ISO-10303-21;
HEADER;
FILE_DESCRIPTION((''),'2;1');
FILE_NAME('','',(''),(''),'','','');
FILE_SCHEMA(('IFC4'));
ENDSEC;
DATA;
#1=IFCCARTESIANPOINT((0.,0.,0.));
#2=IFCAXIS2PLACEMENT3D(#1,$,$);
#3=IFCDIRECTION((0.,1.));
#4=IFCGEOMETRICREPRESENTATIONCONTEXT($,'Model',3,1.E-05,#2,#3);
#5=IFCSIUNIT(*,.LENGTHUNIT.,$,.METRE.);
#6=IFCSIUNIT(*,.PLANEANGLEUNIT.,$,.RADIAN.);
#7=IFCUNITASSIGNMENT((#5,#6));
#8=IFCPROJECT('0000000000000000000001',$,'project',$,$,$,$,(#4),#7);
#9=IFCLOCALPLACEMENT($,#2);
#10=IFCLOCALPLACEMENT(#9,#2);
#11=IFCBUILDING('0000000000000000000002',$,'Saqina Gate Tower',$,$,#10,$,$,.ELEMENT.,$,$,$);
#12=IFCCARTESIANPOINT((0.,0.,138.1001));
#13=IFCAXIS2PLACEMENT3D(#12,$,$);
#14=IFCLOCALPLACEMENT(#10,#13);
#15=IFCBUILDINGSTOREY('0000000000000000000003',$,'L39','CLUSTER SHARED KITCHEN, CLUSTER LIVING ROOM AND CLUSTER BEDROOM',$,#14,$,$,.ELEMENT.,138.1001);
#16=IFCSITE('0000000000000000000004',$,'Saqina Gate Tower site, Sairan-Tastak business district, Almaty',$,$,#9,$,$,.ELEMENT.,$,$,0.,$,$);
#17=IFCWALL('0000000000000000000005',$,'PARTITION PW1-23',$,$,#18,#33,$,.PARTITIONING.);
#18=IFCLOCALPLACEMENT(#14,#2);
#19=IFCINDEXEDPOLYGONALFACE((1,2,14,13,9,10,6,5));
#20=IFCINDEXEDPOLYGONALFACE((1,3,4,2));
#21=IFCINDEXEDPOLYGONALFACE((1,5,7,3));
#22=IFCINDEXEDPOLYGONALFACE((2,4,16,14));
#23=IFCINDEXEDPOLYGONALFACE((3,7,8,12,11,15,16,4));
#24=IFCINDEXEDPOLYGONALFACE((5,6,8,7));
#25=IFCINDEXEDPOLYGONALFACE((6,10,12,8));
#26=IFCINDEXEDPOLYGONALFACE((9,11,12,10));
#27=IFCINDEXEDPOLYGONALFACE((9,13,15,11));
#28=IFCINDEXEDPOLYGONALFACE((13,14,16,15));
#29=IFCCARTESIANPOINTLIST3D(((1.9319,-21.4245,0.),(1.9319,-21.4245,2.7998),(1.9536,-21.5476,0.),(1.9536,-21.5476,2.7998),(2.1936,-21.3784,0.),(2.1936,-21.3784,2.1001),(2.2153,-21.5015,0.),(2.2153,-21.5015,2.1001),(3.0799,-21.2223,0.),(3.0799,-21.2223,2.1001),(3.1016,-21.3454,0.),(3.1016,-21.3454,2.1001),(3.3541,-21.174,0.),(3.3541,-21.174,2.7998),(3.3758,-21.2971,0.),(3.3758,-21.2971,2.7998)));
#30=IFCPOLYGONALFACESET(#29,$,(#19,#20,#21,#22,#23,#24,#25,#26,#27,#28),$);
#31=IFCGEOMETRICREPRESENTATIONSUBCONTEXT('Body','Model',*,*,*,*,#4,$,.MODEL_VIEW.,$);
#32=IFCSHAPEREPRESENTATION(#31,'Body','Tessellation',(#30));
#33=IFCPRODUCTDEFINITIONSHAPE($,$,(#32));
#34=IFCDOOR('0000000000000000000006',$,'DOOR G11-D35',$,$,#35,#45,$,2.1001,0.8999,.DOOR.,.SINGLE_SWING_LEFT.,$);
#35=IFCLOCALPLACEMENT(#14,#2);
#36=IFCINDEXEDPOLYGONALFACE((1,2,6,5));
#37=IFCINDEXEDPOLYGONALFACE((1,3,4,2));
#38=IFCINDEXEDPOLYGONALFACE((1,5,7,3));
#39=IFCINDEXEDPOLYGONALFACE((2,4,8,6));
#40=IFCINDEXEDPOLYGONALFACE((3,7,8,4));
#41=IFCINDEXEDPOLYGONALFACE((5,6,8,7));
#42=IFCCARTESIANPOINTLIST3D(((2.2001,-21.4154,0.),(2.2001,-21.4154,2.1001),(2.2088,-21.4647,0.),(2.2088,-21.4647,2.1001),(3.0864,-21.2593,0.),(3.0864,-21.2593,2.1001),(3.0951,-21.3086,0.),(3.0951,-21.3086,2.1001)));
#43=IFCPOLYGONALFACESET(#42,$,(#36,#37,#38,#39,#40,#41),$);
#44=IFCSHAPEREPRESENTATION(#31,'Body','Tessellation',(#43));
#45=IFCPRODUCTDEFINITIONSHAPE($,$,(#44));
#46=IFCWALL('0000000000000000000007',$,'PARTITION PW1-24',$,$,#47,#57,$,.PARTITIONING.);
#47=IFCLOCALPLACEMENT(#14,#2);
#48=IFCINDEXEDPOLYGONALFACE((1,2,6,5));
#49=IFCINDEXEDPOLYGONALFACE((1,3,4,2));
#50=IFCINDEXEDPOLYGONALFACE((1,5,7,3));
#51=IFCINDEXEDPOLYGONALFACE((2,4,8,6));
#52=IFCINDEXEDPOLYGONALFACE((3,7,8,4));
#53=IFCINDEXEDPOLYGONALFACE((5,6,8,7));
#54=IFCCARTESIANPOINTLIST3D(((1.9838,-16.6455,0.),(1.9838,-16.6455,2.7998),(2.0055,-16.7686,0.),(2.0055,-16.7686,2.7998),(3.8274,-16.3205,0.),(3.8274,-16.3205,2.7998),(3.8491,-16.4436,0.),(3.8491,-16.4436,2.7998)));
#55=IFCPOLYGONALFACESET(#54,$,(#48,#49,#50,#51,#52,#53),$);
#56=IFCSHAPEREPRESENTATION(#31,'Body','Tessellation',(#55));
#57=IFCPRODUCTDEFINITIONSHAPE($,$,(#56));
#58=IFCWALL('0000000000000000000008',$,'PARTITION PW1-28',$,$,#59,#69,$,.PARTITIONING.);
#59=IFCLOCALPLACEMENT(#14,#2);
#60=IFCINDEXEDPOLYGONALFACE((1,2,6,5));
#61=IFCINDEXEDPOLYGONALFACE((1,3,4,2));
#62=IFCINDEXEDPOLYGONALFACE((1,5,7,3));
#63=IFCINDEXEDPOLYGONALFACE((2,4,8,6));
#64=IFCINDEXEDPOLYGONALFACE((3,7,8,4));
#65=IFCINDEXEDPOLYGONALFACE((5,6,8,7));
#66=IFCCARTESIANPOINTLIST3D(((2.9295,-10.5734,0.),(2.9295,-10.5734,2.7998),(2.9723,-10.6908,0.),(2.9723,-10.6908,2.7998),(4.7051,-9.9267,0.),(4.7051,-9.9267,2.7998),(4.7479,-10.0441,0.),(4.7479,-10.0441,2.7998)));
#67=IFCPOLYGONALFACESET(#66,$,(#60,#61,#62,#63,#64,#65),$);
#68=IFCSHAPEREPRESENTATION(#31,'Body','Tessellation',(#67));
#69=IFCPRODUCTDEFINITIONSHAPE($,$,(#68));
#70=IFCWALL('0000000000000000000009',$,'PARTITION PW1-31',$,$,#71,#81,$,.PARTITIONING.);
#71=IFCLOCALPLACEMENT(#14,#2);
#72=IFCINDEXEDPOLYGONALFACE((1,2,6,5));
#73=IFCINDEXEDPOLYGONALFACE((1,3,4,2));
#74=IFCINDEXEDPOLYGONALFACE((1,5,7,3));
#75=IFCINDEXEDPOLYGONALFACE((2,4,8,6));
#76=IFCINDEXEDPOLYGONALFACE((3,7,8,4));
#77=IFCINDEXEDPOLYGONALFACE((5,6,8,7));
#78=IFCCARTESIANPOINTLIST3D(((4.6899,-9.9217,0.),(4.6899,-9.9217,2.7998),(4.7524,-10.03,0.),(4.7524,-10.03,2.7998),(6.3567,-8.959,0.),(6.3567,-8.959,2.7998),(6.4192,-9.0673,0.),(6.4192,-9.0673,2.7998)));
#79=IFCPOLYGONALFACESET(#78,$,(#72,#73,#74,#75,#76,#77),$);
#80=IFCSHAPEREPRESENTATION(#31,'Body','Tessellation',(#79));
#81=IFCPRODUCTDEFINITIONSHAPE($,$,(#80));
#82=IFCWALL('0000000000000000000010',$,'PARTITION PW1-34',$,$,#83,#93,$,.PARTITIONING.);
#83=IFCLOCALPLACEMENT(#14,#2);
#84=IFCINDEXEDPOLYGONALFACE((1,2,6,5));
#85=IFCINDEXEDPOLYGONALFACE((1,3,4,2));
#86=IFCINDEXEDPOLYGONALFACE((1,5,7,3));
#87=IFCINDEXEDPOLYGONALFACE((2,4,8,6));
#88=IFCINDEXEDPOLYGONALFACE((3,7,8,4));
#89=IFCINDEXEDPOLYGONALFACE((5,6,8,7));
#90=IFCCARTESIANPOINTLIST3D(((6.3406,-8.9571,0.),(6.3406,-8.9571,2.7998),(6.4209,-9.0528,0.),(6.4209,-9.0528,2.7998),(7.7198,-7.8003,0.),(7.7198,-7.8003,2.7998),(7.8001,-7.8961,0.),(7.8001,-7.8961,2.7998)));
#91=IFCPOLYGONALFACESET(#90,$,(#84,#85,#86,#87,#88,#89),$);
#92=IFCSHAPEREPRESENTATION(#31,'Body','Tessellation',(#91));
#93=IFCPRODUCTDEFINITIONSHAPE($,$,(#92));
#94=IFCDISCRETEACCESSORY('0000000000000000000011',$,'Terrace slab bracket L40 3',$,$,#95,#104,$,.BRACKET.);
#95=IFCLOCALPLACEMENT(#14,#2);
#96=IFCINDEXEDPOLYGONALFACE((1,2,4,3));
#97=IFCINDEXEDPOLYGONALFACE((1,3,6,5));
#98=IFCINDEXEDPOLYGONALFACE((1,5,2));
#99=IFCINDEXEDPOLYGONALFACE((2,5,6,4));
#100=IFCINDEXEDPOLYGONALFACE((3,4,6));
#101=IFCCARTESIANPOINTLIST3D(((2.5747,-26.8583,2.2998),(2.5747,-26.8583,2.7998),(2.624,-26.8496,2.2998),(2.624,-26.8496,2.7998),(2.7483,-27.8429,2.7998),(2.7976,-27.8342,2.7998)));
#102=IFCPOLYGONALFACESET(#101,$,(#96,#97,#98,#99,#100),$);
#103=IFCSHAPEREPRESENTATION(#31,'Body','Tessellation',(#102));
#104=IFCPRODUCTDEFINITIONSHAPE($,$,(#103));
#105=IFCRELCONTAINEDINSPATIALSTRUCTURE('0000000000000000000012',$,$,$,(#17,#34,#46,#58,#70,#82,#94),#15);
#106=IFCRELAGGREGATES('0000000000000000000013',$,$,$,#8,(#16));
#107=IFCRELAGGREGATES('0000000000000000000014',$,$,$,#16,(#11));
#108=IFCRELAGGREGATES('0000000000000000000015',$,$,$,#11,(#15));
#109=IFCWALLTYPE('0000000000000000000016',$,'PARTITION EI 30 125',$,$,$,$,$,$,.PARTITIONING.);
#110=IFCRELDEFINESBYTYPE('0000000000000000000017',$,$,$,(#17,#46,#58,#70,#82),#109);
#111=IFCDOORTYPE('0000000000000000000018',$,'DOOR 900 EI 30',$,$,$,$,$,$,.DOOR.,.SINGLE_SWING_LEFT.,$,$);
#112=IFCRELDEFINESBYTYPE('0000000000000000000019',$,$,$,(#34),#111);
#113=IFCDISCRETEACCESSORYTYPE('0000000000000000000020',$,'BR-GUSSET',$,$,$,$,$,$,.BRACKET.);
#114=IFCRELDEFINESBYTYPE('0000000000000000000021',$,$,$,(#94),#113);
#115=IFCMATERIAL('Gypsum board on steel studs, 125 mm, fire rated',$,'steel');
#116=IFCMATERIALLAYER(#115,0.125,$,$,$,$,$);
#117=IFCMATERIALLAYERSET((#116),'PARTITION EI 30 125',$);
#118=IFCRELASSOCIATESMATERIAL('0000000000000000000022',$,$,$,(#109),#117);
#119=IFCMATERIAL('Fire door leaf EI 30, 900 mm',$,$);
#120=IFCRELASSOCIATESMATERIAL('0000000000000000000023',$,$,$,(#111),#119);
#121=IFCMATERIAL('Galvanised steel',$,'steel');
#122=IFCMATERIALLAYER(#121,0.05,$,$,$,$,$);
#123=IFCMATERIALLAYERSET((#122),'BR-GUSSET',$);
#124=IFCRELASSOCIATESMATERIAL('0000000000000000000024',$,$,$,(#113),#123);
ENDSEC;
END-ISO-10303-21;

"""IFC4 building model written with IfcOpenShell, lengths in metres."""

from ifc_helpers import new_model, si_unit, direction, frame, frame_2d, origin, place, context, subcontext, project, spatial, polyline, rectangle, outline, extrude, material, layer, layer_set, type_object, element, fill, save


model = new_model("IFC4")

# Units and contexts
model_context = context("Model", 3, precision=1e-05, world=origin(), true_north=direction((0.0, 1.0)))
body_context = subcontext(model_context, "Body", "Model", "MODEL_VIEW")
ifc_project = project(units=[si_unit("LENGTHUNIT", "METRE"), si_unit("PLANEANGLEUNIT", "RADIAN")], contexts=[model_context])

# Site, building, storey
site_placement = place(None, origin())
site = spatial("IfcSite", under=ifc_project, at=site_placement, Name="Saqina Gate Tower site, Sairan-Tastak business district, Almaty", CompositionType="ELEMENT", RefElevation=0.0)
building_placement = place(site_placement, origin())
building = spatial("IfcBuilding", under=site, at=building_placement, Name="Saqina Gate Tower", CompositionType="ELEMENT")
storey_placement = place(building_placement, frame((0.0, 0.0, 138.1001)))
storey = spatial("IfcBuildingStorey", under=building, at=storey_placement, Name="L39", Description="CLUSTER SHARED KITCHEN, CLUSTER LIVING ROOM AND CLUSTER BEDROOM", CompositionType="ELEMENT", Elevation=138.1001)

# Shared definitions
ifc_material_1 = material(Name="Gypsum board on steel studs, 125 mm, fire rated", Category="steel")
ifc_layer_1 = layer(ifc_material_1, 0.125)
ifc_layer_set_1 = layer_set([ifc_layer_1], Name="PARTITION EI 30 125")
wall_type_1 = type_object("IfcWallType", Name="PARTITION EI 30 125", PredefinedType="PARTITIONING", material=ifc_layer_set_1)

# Wall, opening, door
ifc_material_2 = material(Name="Fire door leaf EI 30, 900 mm")
door_type_1 = type_object("IfcDoorType", Name="DOOR 900 EI 30", OperationType="SINGLE_SWING_LEFT", PredefinedType="DOOR", material=ifc_material_2)
wall_1_placement = place(storey_placement, frame((1.9426, -21.4861, 0.0), z_axis=(0.0, 0.0, 1.0), x_axis=(0.98484, 0.173467, 0.0)))
wall_1 = element("IfcWall", 1, at=wall_1_placement, inside=storey, type_object=wall_type_1, Name="PARTITION PW1-23", PredefinedType="PARTITIONING", context=body_context, shape_type="SweptSolid", body=[
    extrude(rectangle(XDim=1.4441, YDim=0.125, at=frame_2d((0.7222, 0.0))), origin(), (0.0, 0.0, 1.0), 2.7998),
])
opening_1_placement = place(wall_1_placement, frame((0.2659, 0.0, 0.0)))
opening_1 = element("IfcOpeningElement", 2, at=opening_1_placement, cuts=wall_1, PredefinedType="OPENING", context=body_context, shape_type="SweptSolid", body=[
    extrude(rectangle(XDim=0.8999, YDim=2.1001, at=frame_2d((0.45, 1.05))), frame((0.0, 0.0745, 0.0), z_axis=(0.0, -1.0, 0.0), x_axis=(1.0, 0.0, 0.0)), (0.0, 0.0, 1.0), 0.1489),
])
door_1_placement = place(opening_1_placement, origin())
door_1 = element("IfcDoor", 3, at=door_1_placement, inside=storey, type_object=door_type_1, Name="DOOR G11-D35", OperationType="SINGLE_SWING_LEFT", OverallHeight=2.1001, OverallWidth=0.8999, PredefinedType="DOOR", context=body_context, shape_type="SweptSolid", body=[
    extrude(rectangle(XDim=0.8999, YDim=2.1001, at=frame_2d((0.45, 1.05))), frame((0.0, 0.0249, 0.0), z_axis=(0.0, -1.0, 0.0), x_axis=(1.0, 0.0, 0.0)), (0.0, 0.0, 1.0), 0.05),
])
fill(opening_1, door_1)

# Walls
wall_2_placement = place(storey_placement, frame((1.9946, -16.707, 0.0), z_axis=(0.0, 0.0, 1.0), x_axis=(0.984822, 0.17357, 0.0)))
element("IfcWall", 4, at=wall_2_placement, inside=storey, type_object=wall_type_1, Name="PARTITION PW1-24", PredefinedType="PARTITIONING", context=body_context, shape_type="SweptSolid", body=[
    extrude(rectangle(XDim=1.8721, YDim=0.125, at=frame_2d((0.936, 0.0))), origin(), (0.0, 0.0, 1.0), 2.7998),
])
wall_3_placement = place(storey_placement, frame((2.9509, -10.6321, 0.0), z_axis=(0.0, 0.0, 1.0), x_axis=(0.939616, 0.342231, 0.0)))
element("IfcWall", 5, at=wall_3_placement, inside=storey, type_object=wall_type_1, Name="PARTITION PW1-28", PredefinedType="PARTITIONING", context=body_context, shape_type="SweptSolid", body=[
    extrude(rectangle(XDim=1.8896, YDim=0.125, at=frame_2d((0.9448, 0.0))), origin(), (0.0, 0.0, 1.0), 2.7998),
])
wall_4_placement = place(storey_placement, frame((4.7212, -9.9758, 0.0), z_axis=(0.0, 0.0, 1.0), x_axis=(0.865947, 0.500136, 0.0)))
element("IfcWall", 6, at=wall_4_placement, inside=storey, type_object=wall_type_1, Name="PARTITION PW1-31", PredefinedType="PARTITIONING", context=body_context, shape_type="SweptSolid", body=[
    extrude(rectangle(XDim=1.9248, YDim=0.125, at=frame_2d((0.9624, 0.0))), origin(), (0.0, 0.0, 1.0), 2.7998),
])
wall_5_placement = place(storey_placement, frame((6.3809, -9.0049, 0.0), z_axis=(0.0, 0.0, 1.0), x_axis=(0.766183, 0.642623, 0.0)))
element("IfcWall", 7, at=wall_5_placement, inside=storey, type_object=wall_type_1, Name="PARTITION PW1-34", PredefinedType="PARTITIONING", context=body_context, shape_type="SweptSolid", body=[
    extrude(rectangle(XDim=1.8, YDim=0.125, at=frame_2d((0.8999, 0.0))), origin(), (0.0, 0.0, 1.0), 2.7998),
])

# Discrete accessory
ifc_material_3 = material(Name="Galvanised steel", Category="steel")
ifc_layer_2 = layer(ifc_material_3, 0.05)
ifc_layer_set_2 = layer_set([ifc_layer_2], Name="BR-GUSSET")
discrete_accessory_type = type_object("IfcDiscreteAccessoryType", Name="BR-GUSSET", PredefinedType="BRACKET", material=ifc_layer_set_2)
discrete_accessory_placement = place(storey_placement, frame((2.624, -26.8496, 2.2998), z_axis=(0.984813, 0.173618, 0.0), x_axis=(0.0, 0.0, 1.0)))
element("IfcDiscreteAccessory", 8, at=discrete_accessory_placement, inside=storey, type_object=discrete_accessory_type, Name="Terrace slab bracket L40 3", PredefinedType="BRACKET", context=body_context, shape_type="SweptSolid", body=[
    extrude(outline(polyline([(0.0, 0.0), (0.5, 0.0), (0.5, 0.9998), (0.0, 0.0)])), origin(), (0.0, 0.0, -1.0), 0.05),
])

save(model, "model.ifc")
